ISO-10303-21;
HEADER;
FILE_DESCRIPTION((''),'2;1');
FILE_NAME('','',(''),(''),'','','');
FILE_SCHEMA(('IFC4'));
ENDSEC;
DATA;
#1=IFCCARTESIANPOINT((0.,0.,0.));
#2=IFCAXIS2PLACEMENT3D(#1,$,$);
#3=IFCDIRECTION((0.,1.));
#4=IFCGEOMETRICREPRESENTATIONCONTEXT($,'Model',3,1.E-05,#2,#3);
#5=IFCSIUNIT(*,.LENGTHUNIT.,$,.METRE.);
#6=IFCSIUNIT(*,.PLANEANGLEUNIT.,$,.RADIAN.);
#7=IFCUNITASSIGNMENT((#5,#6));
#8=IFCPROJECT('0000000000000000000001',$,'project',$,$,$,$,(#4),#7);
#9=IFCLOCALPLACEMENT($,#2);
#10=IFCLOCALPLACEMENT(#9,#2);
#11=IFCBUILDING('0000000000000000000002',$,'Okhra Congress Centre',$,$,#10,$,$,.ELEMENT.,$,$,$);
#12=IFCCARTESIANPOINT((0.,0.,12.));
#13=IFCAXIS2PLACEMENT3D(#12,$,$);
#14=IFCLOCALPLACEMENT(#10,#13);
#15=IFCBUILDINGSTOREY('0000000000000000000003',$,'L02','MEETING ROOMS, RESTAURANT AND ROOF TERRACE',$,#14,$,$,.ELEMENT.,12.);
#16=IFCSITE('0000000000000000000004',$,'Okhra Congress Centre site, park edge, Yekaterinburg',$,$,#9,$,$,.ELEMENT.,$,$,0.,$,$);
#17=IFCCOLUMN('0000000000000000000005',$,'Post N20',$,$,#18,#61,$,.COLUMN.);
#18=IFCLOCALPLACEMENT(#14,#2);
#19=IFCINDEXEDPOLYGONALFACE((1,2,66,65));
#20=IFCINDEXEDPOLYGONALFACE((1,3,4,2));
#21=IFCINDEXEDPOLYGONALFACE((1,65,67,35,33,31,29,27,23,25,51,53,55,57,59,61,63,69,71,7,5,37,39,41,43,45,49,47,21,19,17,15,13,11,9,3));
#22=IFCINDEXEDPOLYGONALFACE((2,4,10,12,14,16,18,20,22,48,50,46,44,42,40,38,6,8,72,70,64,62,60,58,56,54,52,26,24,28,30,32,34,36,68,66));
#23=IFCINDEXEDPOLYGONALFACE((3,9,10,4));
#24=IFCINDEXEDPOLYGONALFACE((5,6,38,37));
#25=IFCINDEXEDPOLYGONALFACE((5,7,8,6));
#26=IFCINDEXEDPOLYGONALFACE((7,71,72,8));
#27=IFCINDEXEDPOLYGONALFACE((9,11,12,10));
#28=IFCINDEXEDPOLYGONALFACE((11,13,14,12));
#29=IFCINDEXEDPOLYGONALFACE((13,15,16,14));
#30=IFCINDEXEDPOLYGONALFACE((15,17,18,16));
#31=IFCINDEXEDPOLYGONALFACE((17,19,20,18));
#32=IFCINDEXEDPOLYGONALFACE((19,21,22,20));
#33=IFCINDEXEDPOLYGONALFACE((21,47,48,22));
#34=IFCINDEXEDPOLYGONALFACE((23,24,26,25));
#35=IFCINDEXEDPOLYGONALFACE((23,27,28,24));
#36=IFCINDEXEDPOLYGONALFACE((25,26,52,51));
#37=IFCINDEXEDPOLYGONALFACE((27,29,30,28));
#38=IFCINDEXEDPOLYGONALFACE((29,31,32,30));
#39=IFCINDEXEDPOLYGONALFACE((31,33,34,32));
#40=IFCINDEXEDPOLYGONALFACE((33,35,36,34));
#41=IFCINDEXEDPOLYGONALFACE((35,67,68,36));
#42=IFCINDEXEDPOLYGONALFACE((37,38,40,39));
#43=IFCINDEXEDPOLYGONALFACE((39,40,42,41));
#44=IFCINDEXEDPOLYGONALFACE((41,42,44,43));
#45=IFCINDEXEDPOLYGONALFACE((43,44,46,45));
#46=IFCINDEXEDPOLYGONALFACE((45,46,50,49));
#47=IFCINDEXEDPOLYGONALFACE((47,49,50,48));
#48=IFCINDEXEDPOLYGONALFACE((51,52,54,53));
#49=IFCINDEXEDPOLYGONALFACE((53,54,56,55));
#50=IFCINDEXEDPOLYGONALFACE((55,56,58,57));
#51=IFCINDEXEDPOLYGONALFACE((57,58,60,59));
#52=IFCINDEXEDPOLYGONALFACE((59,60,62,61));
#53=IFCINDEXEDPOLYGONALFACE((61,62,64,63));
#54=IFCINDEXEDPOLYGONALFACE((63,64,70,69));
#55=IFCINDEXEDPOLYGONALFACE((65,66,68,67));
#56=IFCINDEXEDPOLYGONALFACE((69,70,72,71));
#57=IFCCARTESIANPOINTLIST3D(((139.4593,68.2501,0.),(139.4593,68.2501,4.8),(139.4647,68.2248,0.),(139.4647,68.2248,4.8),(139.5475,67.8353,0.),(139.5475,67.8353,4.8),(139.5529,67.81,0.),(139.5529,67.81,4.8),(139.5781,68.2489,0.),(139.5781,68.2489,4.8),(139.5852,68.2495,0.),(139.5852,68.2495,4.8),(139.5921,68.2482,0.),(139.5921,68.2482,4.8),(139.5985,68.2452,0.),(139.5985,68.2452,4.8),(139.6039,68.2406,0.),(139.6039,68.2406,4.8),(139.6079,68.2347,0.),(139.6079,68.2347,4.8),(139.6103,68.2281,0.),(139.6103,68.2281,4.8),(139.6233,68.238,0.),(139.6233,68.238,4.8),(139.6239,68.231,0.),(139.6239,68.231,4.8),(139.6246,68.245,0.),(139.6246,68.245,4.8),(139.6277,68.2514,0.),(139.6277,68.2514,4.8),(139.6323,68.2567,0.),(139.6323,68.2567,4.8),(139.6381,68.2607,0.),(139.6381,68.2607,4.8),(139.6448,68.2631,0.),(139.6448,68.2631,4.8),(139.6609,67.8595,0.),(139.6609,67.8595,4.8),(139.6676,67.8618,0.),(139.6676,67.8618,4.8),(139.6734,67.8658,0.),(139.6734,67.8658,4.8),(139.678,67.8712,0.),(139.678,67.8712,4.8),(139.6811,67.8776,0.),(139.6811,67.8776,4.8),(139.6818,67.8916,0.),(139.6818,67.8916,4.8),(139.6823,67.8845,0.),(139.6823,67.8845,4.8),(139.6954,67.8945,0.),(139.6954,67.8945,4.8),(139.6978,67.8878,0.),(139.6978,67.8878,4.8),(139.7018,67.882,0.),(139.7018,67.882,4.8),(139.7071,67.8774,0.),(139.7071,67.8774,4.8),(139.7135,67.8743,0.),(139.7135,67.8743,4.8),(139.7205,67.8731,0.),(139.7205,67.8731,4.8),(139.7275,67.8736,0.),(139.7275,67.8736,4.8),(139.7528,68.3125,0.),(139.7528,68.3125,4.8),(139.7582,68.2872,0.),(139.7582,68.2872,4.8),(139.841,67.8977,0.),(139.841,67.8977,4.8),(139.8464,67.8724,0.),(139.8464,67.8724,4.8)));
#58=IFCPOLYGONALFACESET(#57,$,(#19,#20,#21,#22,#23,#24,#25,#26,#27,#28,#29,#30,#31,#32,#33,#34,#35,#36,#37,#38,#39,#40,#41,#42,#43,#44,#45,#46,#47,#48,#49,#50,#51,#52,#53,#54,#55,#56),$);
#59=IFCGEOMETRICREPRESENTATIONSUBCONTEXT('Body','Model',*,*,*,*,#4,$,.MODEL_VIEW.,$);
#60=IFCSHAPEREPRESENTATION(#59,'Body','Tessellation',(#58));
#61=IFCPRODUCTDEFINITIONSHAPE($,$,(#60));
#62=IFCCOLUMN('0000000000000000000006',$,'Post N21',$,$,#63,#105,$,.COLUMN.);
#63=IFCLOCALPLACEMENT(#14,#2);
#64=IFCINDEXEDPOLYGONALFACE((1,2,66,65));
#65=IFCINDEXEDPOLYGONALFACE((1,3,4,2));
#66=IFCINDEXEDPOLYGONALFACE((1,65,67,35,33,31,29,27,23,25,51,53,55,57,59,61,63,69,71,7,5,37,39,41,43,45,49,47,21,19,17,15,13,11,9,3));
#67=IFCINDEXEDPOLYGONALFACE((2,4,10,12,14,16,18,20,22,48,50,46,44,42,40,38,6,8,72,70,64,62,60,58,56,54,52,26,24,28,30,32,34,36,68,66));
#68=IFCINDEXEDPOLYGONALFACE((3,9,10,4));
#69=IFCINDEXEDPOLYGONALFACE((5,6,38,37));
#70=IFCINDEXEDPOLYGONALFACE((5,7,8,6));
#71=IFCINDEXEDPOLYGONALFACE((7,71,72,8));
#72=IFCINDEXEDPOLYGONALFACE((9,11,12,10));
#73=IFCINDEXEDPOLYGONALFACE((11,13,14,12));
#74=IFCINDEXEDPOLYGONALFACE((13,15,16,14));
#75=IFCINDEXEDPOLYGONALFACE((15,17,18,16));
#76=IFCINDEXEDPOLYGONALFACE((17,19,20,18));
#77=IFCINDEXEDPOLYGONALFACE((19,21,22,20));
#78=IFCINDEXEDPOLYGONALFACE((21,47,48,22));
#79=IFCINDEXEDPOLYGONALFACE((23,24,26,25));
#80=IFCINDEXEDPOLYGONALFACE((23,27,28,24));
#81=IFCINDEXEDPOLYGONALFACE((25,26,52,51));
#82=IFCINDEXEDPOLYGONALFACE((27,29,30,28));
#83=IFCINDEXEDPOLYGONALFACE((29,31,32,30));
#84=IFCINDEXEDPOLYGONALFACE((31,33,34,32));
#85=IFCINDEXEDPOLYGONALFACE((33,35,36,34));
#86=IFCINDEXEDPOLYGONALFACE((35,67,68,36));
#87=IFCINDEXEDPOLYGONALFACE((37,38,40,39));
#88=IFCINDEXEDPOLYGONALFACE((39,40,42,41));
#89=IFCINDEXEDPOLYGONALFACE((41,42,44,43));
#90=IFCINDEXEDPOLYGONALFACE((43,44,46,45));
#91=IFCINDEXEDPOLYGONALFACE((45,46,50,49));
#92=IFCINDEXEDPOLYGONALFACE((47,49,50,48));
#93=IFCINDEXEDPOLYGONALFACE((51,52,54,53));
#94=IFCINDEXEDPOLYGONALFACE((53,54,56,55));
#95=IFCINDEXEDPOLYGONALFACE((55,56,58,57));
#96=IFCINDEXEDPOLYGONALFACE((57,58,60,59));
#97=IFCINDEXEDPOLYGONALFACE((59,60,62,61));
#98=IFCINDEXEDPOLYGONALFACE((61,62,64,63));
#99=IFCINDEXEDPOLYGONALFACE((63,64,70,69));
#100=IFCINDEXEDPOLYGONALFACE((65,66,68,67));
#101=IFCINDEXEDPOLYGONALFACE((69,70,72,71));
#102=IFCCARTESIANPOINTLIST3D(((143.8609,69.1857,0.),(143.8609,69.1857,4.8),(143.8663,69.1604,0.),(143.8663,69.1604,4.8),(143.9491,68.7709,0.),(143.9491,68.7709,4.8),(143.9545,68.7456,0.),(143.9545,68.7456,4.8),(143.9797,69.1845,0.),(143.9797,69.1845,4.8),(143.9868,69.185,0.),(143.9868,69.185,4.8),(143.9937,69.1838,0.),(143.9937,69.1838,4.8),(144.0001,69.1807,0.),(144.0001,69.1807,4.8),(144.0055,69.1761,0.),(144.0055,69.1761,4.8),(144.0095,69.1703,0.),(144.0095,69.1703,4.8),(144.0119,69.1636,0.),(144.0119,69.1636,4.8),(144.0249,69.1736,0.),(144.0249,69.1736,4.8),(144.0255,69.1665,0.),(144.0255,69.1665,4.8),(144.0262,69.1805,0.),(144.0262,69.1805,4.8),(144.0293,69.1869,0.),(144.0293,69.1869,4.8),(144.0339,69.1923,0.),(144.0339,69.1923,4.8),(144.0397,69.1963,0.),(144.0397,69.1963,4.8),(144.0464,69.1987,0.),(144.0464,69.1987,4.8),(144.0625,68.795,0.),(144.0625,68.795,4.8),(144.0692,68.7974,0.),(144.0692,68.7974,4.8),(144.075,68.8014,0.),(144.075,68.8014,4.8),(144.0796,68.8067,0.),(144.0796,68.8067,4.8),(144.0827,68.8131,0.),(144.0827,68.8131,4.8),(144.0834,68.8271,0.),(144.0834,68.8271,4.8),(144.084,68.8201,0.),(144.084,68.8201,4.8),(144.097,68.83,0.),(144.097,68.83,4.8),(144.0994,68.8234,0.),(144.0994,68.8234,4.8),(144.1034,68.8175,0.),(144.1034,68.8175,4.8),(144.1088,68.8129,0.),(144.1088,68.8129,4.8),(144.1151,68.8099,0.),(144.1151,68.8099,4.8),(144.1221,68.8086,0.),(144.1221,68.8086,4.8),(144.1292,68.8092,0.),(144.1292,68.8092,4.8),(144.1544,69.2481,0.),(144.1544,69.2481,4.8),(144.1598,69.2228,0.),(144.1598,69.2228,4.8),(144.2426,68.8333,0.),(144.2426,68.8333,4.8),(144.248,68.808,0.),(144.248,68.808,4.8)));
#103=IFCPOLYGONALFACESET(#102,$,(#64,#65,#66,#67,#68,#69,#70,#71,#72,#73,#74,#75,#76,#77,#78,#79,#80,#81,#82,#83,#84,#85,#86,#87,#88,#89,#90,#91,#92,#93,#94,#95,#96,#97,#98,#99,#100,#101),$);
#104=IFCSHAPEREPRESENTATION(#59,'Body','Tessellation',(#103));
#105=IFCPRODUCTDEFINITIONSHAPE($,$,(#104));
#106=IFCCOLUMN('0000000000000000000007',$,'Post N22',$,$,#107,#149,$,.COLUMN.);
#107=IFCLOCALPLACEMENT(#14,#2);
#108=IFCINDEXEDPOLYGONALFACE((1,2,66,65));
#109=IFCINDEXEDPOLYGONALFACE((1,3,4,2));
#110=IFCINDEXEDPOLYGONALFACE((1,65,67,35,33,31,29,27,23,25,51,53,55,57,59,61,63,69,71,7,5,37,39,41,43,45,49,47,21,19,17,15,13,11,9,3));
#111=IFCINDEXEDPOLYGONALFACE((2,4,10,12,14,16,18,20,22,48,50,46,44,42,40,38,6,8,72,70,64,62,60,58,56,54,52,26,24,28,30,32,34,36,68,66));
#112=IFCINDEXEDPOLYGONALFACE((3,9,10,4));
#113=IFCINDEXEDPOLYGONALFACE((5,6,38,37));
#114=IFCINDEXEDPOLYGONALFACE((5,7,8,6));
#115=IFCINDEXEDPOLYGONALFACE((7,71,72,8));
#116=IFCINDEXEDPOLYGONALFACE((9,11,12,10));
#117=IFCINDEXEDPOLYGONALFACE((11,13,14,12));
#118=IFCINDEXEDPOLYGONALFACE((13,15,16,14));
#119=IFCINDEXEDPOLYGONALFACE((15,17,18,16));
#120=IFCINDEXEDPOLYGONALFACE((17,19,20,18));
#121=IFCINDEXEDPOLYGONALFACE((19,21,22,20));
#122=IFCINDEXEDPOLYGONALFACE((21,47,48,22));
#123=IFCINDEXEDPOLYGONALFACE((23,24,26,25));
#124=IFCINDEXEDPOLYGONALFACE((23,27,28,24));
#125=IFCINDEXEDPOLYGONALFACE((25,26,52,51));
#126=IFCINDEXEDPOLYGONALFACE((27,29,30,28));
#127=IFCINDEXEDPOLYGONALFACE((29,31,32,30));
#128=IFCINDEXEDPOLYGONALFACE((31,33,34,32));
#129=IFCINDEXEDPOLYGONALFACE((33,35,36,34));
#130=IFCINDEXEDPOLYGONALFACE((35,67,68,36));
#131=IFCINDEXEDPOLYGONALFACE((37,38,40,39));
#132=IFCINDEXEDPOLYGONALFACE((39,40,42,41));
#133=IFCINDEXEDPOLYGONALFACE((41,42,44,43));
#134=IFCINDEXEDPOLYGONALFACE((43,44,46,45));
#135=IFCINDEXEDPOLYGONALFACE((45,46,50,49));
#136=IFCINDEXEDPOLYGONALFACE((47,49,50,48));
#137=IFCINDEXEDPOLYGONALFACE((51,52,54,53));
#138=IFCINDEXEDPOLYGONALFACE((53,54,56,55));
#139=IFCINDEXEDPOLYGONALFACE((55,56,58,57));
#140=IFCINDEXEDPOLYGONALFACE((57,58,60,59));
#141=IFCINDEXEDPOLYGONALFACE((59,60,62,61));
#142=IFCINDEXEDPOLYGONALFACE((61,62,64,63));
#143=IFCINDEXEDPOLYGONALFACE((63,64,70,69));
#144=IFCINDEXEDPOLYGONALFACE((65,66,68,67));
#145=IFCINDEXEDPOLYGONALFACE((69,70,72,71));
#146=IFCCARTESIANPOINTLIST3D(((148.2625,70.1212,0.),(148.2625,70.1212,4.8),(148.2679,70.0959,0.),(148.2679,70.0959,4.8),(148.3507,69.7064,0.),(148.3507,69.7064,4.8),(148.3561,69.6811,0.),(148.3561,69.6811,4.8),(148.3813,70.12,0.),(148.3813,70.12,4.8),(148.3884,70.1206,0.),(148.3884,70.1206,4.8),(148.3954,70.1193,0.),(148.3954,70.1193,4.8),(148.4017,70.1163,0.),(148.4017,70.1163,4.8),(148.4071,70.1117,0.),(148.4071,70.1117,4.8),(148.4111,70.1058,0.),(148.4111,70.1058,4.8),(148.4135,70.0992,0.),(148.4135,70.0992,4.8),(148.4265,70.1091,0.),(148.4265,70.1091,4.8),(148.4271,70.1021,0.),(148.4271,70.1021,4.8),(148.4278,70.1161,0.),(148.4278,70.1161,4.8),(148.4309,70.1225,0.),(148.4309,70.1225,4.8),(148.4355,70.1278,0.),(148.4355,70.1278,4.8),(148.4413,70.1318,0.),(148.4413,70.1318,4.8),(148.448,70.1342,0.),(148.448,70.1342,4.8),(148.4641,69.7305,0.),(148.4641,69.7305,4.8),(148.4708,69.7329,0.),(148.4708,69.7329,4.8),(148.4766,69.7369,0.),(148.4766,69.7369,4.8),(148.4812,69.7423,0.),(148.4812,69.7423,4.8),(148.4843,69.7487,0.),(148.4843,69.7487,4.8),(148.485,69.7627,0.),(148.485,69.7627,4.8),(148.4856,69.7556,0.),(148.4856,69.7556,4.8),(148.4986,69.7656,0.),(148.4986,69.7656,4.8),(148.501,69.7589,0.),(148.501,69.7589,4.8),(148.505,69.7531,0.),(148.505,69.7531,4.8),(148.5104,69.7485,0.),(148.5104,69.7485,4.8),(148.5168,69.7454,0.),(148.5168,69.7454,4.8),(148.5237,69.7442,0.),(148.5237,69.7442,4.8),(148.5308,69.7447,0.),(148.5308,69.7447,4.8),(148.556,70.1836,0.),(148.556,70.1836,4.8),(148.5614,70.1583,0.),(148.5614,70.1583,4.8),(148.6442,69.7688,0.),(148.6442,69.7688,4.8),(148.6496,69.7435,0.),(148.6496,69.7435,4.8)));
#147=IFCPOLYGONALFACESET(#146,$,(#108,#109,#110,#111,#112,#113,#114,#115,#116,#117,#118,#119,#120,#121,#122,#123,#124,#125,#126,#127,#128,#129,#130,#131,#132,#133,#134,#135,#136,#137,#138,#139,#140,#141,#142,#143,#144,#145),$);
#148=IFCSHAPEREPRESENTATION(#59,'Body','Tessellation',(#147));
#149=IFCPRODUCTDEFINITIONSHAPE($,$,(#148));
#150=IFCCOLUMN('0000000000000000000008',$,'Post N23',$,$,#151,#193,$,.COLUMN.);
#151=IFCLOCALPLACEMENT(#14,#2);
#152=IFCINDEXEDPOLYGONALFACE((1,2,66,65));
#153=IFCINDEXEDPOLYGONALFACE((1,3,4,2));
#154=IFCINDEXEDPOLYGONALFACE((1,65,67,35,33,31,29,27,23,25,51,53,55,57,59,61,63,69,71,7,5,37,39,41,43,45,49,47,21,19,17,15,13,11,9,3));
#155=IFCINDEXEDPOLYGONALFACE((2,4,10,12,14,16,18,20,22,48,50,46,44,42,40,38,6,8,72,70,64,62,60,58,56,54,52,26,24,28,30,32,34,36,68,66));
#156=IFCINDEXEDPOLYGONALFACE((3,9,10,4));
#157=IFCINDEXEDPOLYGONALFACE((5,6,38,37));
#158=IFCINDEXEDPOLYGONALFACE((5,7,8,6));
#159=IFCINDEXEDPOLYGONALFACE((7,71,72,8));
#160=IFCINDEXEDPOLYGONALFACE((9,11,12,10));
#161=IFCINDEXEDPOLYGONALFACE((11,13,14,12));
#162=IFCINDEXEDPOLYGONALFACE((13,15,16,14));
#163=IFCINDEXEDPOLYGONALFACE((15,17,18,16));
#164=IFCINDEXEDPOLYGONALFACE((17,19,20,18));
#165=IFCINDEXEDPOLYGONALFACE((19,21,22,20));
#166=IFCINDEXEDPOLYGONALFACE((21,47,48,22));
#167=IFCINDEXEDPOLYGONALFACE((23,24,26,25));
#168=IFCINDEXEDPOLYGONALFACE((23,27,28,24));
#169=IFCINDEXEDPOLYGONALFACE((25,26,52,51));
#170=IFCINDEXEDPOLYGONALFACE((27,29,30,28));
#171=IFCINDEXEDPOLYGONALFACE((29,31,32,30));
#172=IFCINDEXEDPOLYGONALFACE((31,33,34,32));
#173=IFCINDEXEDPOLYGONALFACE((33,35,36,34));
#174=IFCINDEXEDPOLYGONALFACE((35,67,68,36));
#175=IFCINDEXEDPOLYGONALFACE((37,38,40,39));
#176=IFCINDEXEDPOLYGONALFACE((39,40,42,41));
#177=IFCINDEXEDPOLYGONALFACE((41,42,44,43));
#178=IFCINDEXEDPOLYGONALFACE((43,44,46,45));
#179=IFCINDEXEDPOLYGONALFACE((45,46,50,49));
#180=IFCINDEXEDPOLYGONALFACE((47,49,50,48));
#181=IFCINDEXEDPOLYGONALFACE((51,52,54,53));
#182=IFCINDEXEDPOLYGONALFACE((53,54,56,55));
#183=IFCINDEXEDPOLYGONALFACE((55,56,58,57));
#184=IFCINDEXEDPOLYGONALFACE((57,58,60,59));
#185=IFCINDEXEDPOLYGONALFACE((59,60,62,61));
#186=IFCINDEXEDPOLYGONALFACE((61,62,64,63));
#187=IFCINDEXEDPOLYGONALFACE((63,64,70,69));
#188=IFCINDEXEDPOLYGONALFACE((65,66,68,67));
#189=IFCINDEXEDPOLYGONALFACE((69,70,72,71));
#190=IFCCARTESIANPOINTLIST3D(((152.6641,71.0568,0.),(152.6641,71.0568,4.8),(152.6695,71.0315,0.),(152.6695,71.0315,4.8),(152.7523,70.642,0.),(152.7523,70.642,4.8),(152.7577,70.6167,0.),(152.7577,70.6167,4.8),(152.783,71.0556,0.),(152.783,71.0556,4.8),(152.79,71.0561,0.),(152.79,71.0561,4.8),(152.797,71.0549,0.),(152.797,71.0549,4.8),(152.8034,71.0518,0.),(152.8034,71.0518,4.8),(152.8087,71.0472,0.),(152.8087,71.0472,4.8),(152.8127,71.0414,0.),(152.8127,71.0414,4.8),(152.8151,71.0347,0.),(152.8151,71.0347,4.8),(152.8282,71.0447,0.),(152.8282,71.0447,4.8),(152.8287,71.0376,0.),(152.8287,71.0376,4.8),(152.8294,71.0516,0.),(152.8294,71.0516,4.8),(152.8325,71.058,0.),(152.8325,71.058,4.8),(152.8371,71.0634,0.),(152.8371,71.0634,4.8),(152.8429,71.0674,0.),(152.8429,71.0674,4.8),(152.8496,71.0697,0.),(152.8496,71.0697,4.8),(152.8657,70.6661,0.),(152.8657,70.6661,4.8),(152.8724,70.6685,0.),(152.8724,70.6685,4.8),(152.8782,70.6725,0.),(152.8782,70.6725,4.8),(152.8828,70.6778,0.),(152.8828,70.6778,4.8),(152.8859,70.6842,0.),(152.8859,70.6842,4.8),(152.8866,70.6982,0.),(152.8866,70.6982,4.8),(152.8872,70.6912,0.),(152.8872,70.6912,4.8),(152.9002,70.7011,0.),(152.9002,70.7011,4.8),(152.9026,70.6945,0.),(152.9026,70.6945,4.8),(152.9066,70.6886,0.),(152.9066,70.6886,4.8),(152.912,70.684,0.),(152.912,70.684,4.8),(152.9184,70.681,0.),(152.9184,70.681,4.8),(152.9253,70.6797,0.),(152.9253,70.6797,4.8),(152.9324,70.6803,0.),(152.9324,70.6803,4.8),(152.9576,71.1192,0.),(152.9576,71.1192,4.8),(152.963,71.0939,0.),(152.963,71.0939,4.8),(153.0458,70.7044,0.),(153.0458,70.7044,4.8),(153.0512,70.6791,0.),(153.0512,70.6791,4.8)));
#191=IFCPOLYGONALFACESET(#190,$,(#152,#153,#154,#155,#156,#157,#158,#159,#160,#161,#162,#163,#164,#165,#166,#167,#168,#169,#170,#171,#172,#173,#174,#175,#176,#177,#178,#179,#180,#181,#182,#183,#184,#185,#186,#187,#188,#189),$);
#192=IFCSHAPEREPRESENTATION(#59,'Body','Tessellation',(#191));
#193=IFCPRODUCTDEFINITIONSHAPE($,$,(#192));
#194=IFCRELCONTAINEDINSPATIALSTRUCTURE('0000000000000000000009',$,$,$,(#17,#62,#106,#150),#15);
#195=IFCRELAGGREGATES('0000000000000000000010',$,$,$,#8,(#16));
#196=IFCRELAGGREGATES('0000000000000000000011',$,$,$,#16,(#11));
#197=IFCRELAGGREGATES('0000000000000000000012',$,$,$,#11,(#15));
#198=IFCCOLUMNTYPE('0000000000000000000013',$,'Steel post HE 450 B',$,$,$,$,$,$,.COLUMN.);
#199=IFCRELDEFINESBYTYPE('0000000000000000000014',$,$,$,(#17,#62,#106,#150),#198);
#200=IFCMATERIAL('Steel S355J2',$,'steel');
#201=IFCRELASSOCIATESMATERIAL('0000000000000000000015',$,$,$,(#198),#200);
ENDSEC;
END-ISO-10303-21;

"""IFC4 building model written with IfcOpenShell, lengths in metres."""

from ifc_helpers import new_model, si_unit, direction, frame, origin, origin_2d, place, context, subcontext, project, spatial, i_section, extrude, material, material_profile, profile_set, type_object, element, save


model = new_model("IFC4")

# Units and contexts
model_context = context("Model", 3, precision=1e-05, world=origin(), true_north=direction((0.0, 1.0)))
body_context = subcontext(model_context, "Body", "Model", "MODEL_VIEW")
ifc_project = project(units=[si_unit("LENGTHUNIT", "METRE"), si_unit("PLANEANGLEUNIT", "RADIAN")], contexts=[model_context])

# Site, building, storey
site_placement = place(None, origin())
site = spatial("IfcSite", under=ifc_project, at=site_placement, Name="Okhra Congress Centre site, park edge, Yekaterinburg", CompositionType="ELEMENT", RefElevation=0.0)
building_placement = place(site_placement, origin())
building = spatial("IfcBuilding", under=site, at=building_placement, Name="Okhra Congress Centre", CompositionType="ELEMENT")
storey_placement = place(building_placement, frame((0.0, 0.0, 12.0)))
storey = spatial("IfcBuildingStorey", under=building, at=storey_placement, Name="L02", Description="MEETING ROOMS, RESTAURANT AND ROOF TERRACE", CompositionType="ELEMENT", Elevation=12.0)

# Columns
ifc_material_1 = material(Name="Steel S355J2", Category="steel")
ifc_material_profile_1 = material_profile(ifc_material_1, i_section(OverallWidth=0.3, OverallDepth=0.45, WebThickness=0.0139, FlangeThickness=0.0259, FilletRadius=0.0271, at=origin_2d()), Name="HE 450 B")
ifc_profile_set_1 = profile_set([ifc_material_profile_1], Name="Steel S355J2")
column_type = type_object("IfcColumnType", Name="Steel post HE 450 B", PredefinedType="COLUMN", material=ifc_profile_set_1)
for number, where, z_axis, x_axis, name in (
    (1, (139.6528, 68.0613, 0.0), (0.0, 0.0, 1.0), (0.978148, 0.207912, 0.0), "Post N20"),
    (2, (144.0544, 68.9968, 0.0), (0.0, 0.0, 1.0), (0.978148, 0.207912, 0.0), "Post N21"),
    (3, (148.4561, 69.9324, 0.0), (0.0, 0.0, 1.0), (0.978148, 0.207912, 0.0), "Post N22"),
    (4, (152.8577, 70.8679, 0.0), (0.0, 0.0, 1.0), (0.978148, 0.207912, 0.0), "Post N23"),
):
    element("IfcColumn", number, at=place(storey_placement, frame(where, z_axis=z_axis, x_axis=x_axis)), inside=storey, type_object=column_type, Name=name, PredefinedType="COLUMN", context=body_context, shape_type="SweptSolid", body=[
        extrude(i_section(OverallWidth=0.3, OverallDepth=0.45, WebThickness=0.0139, FlangeThickness=0.0259, FilletRadius=0.0271, at=origin_2d()), origin(), (0.0, 0.0, 1.0), 4.8),
    ])

save(model, "model.ifc")
